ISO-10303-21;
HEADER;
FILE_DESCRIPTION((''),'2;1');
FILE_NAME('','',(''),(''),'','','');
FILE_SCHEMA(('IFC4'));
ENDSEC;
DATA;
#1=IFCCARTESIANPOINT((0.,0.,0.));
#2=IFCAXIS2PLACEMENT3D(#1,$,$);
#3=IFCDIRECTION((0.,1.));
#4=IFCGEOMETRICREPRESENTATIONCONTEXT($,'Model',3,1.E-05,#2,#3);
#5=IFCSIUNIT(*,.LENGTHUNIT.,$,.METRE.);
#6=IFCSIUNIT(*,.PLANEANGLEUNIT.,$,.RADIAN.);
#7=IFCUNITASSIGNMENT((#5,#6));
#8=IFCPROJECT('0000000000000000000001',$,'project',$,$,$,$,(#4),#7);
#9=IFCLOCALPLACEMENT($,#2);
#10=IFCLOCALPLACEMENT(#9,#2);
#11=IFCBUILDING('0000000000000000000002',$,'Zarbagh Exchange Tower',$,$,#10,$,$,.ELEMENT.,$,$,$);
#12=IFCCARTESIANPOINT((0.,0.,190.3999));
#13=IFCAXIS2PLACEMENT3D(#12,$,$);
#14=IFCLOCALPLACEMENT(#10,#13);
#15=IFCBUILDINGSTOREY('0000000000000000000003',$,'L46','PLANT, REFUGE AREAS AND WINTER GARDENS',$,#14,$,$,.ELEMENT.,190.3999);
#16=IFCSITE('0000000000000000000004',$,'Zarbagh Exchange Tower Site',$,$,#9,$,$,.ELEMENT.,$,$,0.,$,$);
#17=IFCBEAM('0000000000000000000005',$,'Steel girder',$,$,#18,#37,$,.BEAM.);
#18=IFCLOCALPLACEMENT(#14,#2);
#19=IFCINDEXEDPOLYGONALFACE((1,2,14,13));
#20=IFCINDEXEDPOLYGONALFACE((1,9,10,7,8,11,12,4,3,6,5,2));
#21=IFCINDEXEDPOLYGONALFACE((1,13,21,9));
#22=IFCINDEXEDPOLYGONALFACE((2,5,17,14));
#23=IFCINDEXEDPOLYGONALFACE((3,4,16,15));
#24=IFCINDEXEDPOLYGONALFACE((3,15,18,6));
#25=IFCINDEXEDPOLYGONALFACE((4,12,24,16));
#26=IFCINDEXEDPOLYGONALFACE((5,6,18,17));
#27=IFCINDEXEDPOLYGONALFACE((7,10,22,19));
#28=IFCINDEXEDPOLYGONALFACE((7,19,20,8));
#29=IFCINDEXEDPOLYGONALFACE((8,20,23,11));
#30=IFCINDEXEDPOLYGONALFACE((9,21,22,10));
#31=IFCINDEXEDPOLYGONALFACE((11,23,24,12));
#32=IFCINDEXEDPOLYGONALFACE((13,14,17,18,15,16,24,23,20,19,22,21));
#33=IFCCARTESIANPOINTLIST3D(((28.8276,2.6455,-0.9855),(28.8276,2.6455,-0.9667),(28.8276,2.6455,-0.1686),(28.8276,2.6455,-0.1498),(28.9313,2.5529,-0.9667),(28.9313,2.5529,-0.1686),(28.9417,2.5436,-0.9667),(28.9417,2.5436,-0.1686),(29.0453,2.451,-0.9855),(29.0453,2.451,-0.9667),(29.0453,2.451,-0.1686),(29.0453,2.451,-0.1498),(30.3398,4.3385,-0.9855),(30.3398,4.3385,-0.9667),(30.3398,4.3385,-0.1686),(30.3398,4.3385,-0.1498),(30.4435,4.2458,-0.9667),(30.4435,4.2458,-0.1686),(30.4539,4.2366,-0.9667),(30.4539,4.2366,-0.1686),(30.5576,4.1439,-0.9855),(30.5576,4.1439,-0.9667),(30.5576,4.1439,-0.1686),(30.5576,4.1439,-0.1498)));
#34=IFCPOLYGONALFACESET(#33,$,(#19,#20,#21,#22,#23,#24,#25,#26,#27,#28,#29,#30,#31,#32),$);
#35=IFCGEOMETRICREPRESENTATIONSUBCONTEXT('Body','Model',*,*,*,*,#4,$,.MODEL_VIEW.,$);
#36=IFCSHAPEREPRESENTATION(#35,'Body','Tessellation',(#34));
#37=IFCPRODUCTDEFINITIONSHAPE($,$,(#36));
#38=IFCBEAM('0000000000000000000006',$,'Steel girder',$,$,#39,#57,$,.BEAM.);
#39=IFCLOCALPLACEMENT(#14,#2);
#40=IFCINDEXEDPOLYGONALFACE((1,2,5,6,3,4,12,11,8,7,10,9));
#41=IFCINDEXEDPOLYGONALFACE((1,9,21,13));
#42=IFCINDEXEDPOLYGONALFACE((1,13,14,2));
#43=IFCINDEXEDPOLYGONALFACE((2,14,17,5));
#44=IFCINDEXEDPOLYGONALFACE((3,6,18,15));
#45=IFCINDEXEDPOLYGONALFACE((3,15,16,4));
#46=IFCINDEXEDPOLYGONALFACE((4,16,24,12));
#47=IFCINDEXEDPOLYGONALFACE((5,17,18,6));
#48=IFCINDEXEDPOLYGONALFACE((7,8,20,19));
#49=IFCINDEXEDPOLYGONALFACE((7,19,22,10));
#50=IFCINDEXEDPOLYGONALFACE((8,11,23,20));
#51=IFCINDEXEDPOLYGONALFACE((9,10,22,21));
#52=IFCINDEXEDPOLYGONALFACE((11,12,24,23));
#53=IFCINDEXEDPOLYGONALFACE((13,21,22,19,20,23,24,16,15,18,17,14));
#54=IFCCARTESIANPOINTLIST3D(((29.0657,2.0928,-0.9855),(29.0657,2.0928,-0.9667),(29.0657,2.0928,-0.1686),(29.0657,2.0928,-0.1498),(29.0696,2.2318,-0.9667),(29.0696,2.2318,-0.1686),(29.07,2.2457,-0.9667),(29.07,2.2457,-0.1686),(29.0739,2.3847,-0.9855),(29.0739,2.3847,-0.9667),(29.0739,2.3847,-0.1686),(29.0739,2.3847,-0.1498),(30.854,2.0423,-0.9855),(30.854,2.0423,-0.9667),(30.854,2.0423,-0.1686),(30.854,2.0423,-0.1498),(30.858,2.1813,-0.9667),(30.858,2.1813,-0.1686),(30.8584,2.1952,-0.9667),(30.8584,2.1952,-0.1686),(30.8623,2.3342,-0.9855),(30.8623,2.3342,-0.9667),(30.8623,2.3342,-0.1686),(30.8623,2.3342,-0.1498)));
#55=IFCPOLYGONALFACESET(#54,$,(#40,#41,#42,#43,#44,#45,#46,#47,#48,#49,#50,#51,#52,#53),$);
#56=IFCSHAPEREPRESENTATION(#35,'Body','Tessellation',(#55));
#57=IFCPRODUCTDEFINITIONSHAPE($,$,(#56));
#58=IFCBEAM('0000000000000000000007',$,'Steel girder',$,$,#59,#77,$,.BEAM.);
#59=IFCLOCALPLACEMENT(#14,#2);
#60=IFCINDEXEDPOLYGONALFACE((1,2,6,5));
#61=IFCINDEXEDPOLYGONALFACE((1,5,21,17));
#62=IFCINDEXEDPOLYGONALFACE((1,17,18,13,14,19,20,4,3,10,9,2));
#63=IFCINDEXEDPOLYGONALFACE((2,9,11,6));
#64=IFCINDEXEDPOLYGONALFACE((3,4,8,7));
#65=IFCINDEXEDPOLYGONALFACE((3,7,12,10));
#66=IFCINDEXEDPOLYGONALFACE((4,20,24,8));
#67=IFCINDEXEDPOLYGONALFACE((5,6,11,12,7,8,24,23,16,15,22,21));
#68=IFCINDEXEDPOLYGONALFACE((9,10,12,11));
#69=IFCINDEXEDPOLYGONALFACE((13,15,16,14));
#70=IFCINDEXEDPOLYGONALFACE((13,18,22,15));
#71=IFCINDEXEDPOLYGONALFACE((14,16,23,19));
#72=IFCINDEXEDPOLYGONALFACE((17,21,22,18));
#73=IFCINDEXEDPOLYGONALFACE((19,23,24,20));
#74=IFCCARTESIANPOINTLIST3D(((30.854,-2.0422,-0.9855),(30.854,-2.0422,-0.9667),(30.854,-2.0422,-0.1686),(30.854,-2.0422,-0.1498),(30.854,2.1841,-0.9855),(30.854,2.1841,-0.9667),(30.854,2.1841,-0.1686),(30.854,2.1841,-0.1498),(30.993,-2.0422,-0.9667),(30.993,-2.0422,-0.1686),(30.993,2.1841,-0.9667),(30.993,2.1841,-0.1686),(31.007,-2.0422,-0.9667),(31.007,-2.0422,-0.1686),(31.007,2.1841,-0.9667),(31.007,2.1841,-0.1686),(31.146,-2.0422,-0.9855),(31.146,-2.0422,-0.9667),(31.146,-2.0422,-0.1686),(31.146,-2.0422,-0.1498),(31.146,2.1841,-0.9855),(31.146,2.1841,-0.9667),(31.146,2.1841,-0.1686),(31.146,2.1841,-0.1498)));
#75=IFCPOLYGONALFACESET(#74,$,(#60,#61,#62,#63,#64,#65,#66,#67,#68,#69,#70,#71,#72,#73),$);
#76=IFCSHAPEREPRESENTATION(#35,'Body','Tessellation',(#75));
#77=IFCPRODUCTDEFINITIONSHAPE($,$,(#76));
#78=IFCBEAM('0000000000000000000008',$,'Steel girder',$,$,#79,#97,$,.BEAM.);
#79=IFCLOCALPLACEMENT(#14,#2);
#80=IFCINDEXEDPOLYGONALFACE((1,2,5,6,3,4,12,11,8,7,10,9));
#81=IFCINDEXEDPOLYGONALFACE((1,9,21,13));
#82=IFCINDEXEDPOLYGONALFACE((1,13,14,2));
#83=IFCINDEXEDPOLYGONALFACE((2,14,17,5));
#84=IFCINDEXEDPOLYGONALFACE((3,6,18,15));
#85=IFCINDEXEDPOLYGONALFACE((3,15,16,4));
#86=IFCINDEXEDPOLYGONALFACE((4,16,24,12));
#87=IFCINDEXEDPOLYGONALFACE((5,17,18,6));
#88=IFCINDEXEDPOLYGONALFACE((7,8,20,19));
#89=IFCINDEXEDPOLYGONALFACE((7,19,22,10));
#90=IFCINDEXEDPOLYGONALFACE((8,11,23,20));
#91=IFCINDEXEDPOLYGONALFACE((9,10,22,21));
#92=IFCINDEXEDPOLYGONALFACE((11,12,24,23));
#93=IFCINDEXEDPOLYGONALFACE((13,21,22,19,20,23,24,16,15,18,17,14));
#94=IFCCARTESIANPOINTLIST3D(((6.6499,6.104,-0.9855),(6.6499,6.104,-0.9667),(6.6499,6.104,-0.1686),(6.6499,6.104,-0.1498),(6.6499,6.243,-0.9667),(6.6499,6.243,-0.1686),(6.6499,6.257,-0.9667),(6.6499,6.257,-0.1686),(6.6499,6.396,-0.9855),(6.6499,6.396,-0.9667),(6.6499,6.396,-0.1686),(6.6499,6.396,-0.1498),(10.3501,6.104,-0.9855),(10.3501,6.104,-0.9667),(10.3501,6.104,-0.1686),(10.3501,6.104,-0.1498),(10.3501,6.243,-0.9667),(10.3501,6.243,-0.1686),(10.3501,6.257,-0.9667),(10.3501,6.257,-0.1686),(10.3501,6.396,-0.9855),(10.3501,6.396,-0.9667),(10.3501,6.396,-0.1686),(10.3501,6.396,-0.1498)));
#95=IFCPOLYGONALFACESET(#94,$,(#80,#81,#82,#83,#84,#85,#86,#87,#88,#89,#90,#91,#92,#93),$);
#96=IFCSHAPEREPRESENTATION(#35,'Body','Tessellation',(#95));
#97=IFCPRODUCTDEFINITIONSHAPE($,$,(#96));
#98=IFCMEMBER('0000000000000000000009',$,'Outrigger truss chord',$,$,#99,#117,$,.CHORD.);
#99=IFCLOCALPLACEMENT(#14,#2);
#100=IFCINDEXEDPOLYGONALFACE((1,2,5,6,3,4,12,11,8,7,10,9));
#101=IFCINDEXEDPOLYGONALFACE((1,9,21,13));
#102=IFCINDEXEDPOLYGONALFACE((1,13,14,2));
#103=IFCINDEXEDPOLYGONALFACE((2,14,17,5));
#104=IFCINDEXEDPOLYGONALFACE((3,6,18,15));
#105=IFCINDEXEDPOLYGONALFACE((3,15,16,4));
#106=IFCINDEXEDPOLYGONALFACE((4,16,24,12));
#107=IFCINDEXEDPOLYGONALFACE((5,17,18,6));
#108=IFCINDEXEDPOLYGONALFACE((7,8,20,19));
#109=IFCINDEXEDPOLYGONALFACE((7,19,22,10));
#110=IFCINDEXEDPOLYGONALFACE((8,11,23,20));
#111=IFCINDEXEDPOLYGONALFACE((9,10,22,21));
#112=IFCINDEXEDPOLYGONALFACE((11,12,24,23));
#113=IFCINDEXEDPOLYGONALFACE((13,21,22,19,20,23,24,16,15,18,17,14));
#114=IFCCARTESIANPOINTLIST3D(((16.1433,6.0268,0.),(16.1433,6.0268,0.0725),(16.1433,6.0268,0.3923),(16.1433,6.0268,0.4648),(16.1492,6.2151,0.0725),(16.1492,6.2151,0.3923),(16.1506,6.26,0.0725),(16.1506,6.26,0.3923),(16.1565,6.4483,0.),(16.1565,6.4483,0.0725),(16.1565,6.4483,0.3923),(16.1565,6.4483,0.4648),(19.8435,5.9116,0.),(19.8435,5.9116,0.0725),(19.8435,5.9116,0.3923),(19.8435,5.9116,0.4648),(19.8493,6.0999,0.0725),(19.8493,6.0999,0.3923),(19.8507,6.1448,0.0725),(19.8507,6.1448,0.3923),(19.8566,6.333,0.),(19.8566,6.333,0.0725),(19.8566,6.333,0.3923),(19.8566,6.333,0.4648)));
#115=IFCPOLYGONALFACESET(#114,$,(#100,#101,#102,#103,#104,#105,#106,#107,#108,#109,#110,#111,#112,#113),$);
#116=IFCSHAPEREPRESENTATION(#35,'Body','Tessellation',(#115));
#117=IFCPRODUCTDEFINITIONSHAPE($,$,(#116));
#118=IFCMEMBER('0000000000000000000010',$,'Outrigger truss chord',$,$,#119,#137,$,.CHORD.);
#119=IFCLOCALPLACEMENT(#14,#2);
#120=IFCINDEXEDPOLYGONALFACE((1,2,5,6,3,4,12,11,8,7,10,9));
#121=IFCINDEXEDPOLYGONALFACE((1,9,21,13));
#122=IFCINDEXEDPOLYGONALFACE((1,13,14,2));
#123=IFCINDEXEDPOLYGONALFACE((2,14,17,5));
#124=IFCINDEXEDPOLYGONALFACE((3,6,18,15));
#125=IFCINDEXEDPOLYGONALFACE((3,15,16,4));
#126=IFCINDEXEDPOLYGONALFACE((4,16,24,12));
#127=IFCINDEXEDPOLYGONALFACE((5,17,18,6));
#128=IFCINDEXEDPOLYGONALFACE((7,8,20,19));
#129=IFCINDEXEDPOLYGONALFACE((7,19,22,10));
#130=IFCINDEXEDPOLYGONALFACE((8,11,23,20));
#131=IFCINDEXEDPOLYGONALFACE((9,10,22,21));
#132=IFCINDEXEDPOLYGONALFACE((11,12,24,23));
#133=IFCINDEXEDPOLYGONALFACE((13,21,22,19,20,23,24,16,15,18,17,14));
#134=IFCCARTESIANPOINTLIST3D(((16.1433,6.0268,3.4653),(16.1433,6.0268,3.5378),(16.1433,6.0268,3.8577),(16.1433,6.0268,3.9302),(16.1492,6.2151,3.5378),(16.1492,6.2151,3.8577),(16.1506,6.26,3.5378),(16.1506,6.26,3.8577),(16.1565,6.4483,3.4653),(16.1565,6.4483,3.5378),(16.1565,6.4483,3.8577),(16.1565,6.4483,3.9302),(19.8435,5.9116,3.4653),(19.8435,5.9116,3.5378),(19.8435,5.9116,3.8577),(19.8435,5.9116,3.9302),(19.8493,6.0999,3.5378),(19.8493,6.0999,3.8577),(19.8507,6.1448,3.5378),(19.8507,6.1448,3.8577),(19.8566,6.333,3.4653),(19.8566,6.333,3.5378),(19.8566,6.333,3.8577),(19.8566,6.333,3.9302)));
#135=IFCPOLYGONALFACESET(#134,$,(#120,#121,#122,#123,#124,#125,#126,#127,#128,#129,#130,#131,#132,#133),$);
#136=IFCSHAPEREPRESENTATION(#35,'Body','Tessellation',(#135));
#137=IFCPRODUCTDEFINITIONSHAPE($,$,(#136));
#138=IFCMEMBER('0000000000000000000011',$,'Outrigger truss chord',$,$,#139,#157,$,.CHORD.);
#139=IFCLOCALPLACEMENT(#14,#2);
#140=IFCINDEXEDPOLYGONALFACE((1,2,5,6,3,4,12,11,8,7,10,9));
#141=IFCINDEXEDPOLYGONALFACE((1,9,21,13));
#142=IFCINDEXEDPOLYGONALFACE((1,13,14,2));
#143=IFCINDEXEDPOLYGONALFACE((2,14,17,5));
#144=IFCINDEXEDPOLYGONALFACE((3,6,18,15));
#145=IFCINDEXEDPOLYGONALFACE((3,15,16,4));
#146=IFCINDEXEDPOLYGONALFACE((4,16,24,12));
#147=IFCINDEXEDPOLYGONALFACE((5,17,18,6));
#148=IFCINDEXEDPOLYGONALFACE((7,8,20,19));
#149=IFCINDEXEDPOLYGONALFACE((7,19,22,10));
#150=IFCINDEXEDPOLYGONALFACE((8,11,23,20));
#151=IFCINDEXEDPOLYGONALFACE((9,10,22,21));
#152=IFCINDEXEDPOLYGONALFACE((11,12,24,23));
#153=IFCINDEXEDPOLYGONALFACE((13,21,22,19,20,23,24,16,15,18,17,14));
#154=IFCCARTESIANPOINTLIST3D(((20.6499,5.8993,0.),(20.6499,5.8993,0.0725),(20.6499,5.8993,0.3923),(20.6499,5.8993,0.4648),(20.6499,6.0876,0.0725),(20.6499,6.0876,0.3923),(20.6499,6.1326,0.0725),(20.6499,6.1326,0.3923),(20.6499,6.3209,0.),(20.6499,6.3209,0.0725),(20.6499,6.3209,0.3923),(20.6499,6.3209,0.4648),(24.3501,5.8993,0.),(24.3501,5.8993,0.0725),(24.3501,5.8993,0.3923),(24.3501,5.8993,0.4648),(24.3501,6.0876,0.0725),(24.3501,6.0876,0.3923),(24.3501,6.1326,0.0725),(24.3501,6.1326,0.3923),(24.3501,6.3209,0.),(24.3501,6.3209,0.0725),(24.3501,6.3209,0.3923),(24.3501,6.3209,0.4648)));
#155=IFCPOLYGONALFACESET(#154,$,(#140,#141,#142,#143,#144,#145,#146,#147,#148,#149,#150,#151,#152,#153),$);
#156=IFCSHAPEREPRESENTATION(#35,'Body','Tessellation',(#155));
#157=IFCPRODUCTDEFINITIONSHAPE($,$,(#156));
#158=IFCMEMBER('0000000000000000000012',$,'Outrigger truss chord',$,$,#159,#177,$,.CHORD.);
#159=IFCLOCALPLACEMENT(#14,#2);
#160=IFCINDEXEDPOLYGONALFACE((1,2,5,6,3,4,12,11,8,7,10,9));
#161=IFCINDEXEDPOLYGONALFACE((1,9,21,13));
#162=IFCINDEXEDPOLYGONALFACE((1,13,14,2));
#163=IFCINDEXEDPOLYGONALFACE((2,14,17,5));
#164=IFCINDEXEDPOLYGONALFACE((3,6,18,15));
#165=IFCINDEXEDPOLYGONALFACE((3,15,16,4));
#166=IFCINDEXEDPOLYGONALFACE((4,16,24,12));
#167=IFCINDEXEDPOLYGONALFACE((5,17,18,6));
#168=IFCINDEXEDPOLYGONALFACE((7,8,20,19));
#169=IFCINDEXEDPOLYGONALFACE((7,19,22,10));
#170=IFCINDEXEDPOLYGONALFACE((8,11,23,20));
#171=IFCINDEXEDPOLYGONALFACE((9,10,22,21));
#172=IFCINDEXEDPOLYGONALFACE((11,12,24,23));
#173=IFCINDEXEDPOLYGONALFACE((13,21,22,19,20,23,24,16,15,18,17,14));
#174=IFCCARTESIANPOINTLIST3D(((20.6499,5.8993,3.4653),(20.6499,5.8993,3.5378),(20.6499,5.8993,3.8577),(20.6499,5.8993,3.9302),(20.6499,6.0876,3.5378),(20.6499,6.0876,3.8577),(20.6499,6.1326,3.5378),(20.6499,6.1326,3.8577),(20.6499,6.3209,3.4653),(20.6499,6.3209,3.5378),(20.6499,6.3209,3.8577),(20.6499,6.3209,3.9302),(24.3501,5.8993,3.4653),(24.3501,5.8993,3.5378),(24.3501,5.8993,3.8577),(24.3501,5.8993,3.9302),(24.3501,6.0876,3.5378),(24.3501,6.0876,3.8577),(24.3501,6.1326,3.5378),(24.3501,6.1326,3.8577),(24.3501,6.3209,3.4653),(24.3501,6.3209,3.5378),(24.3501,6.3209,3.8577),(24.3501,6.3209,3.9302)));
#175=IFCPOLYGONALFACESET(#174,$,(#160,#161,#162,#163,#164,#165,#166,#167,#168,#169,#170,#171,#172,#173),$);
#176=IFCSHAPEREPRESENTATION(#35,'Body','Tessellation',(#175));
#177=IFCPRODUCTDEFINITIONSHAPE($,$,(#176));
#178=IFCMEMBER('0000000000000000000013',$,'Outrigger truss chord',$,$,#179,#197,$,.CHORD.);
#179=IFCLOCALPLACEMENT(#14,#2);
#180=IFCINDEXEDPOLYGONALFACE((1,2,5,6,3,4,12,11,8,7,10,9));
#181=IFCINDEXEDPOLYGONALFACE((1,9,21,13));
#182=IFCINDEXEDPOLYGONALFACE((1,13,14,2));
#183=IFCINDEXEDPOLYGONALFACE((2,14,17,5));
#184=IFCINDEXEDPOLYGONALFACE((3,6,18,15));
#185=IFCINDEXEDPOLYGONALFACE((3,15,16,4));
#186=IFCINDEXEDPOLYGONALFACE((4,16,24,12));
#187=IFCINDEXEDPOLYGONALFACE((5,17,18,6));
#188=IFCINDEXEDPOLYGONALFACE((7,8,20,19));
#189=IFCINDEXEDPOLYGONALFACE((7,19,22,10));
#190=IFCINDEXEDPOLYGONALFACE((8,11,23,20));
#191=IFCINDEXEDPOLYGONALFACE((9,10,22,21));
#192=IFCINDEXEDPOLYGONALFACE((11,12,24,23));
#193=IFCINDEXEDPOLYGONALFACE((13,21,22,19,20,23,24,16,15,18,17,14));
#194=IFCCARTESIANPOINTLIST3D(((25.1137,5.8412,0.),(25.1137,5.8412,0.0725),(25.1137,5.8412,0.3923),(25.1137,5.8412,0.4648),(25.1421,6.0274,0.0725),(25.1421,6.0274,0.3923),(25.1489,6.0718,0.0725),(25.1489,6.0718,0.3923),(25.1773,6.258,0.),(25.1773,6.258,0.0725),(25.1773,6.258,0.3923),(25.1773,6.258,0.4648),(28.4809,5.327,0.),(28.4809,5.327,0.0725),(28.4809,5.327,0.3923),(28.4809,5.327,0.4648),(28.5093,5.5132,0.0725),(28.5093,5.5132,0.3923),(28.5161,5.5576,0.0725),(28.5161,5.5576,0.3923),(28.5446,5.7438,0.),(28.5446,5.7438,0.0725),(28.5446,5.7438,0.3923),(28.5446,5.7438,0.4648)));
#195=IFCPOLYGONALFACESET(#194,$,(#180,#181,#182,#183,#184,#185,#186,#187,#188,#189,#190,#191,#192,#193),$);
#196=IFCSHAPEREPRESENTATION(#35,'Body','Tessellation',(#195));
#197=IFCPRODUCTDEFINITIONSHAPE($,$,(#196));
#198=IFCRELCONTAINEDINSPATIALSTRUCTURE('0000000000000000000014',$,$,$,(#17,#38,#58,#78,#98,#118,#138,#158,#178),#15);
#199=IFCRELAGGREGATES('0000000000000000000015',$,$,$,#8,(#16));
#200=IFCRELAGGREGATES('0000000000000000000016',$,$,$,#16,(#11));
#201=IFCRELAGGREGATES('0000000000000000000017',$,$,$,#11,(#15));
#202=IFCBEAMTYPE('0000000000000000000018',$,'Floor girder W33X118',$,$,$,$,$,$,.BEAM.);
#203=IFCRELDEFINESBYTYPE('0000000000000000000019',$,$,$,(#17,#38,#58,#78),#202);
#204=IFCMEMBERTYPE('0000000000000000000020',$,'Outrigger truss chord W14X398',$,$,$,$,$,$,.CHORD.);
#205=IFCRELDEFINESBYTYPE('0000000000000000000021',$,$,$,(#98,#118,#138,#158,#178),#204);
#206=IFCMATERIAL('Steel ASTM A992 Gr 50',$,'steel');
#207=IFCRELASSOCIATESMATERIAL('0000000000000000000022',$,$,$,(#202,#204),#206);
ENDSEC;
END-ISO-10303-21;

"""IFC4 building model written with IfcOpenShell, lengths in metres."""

from ifc_helpers import new_model, si_unit, direction, frame, origin, origin_2d, place, context, subcontext, project, spatial, i_section, extrude, material, material_profile, profile_set, type_object, element, save


model = new_model("IFC4")

# Units and contexts
model_context = context("Model", 3, precision=1e-05, world=origin(), true_north=direction((0.0, 1.0)))
body_context = subcontext(model_context, "Body", "Model", "MODEL_VIEW")
ifc_project = project(units=[si_unit("LENGTHUNIT", "METRE"), si_unit("PLANEANGLEUNIT", "RADIAN")], contexts=[model_context])

# Site, building, storey
site_placement = place(None, origin())
site = spatial("IfcSite", under=ifc_project, at=site_placement, Name="Zarbagh Exchange Tower Site", CompositionType="ELEMENT", RefElevation=0.0)
building_placement = place(site_placement, origin())
building = spatial("IfcBuilding", under=site, at=building_placement, Name="Zarbagh Exchange Tower", CompositionType="ELEMENT")
storey_placement = place(building_placement, frame((0.0, 0.0, 190.3999)))
storey = spatial("IfcBuildingStorey", under=building, at=storey_placement, Name="L46", Description="PLANT, REFUGE AREAS AND WINTER GARDENS", CompositionType="ELEMENT", Elevation=190.3999)

# Shared definitions
ifc_material_1 = material(Name="Steel ASTM A992 Gr 50", Category="steel")

# Beams
ifc_material_profile_1 = material_profile(ifc_material_1, i_section(OverallWidth=0.292, OverallDepth=0.8357, WebThickness=0.0139, FlangeThickness=0.0188, at=origin_2d()), Name="W33X118")
ifc_profile_set_1 = profile_set([ifc_material_profile_1], Name="Steel ASTM A992 Gr 50")
beam_type_1 = type_object("IfcBeamType", Name="Floor girder W33X118", PredefinedType="BEAM", material=ifc_profile_set_1)
beam_1_placement = place(storey_placement, frame((30.4487, 4.2412, -0.5676), z_axis=(-0.666191, -0.745781, 0.0), x_axis=(0.745781, -0.666191, 0.0)))
element("IfcBeam", 1, at=beam_1_placement, inside=storey, type_object=beam_type_1, Name="Steel girder", PredefinedType="BEAM", context=body_context, shape_type="SweptSolid", body=[
    extrude(i_section(OverallWidth=0.292, OverallDepth=0.8357, WebThickness=0.0139, FlangeThickness=0.0188, at=origin_2d()), origin(), (0.0, 0.0, 1.0), 2.27),
])
beam_2_placement = place(storey_placement, frame((29.0698, 2.2388, -0.5676), z_axis=(0.999601, -0.028248, 0.0), x_axis=(0.028248, 0.999601, 0.0)))
element("IfcBeam", 2, at=beam_2_placement, inside=storey, type_object=beam_type_1, Name="Steel girder", PredefinedType="BEAM", context=body_context, shape_type="SweptSolid", body=[
    extrude(i_section(OverallWidth=0.292, OverallDepth=0.8357, WebThickness=0.0139, FlangeThickness=0.0188, at=origin_2d()), origin(), (0.0, 0.0, 1.0), 1.7891),
])
beam_3_placement = place(storey_placement, frame((31.0, 2.1841, -0.5676), z_axis=(0.0, -1.0, 0.0), x_axis=(1.0, 0.0, 0.0)))
element("IfcBeam", 3, at=beam_3_placement, inside=storey, type_object=beam_type_1, Name="Steel girder", PredefinedType="BEAM", context=body_context, shape_type="SweptSolid", body=[
    extrude(i_section(OverallWidth=0.292, OverallDepth=0.8357, WebThickness=0.0139, FlangeThickness=0.0188, at=origin_2d()), origin(), (0.0, 0.0, 1.0), 4.2263),
])
beam_4_placement = place(storey_placement, frame((6.6499, 6.25, -0.5676), z_axis=(1.0, 0.0, 0.0), x_axis=(0.0, 1.0, 0.0)))
element("IfcBeam", 4, at=beam_4_placement, inside=storey, type_object=beam_type_1, Name="Steel girder", PredefinedType="BEAM", context=body_context, shape_type="SweptSolid", body=[
    extrude(i_section(OverallWidth=0.292, OverallDepth=0.8357, WebThickness=0.0139, FlangeThickness=0.0188, at=origin_2d()), origin(), (0.0, 0.0, 1.0), 3.7002),
])

# Members
ifc_material_profile_2 = material_profile(ifc_material_1, i_section(OverallWidth=0.4216, OverallDepth=0.4648, WebThickness=0.0449, FlangeThickness=0.0725, at=origin_2d()), Name="W14X398")
ifc_profile_set_2 = profile_set([ifc_material_profile_2], Name="Steel ASTM A992 Gr 50")
member_type_1 = type_object("IfcMemberType", Name="Outrigger truss chord W14X398", PredefinedType="CHORD", material=ifc_profile_set_2)
for number, where, z_axis, x_axis, name in (
    (5, (16.1499, 6.2375, 0.2324), (0.999515, -0.031128, 0.0), (0.031128, 0.999515, 0.0), "Outrigger truss chord"),
    (6, (16.1499, 6.2375, 3.6978), (0.999515, -0.031128, 0.0), (0.031128, 0.999515, 0.0), "Outrigger truss chord"),
):
    element("IfcMember", number, at=place(storey_placement, frame(where, z_axis=z_axis, x_axis=x_axis)), inside=storey, type_object=member_type_1, Name=name, PredefinedType="CHORD", context=body_context, shape_type="SweptSolid", body=[
        extrude(i_section(OverallWidth=0.4216, OverallDepth=0.4648, WebThickness=0.0449, FlangeThickness=0.0725, at=origin_2d()), origin(), (0.0, 0.0, 1.0), 3.7019),
    ])
for number, where, z_axis, x_axis, name in (
    (7, (20.6499, 6.1101, 0.2324), (1.0, 0.0, 0.0), (0.0, 1.0, 0.0), "Outrigger truss chord"),
    (8, (20.6499, 6.1101, 3.6978), (1.0, 0.0, 0.0), (0.0, 1.0, 0.0), "Outrigger truss chord"),
):
    element("IfcMember", number, at=place(storey_placement, frame(where, z_axis=z_axis, x_axis=x_axis)), inside=storey, type_object=member_type_1, Name=name, PredefinedType="CHORD", context=body_context, shape_type="SweptSolid", body=[
        extrude(i_section(OverallWidth=0.4216, OverallDepth=0.4648, WebThickness=0.0449, FlangeThickness=0.0725, at=origin_2d()), origin(), (0.0, 0.0, 1.0), 3.7002),
    ])
for number, where, z_axis, x_axis, name in (
    (9, (25.1455, 6.0496, 0.2324), (0.988542, -0.150948, 0.0), (0.150948, 0.988542, 0.0), "Outrigger truss chord"),
):
    element("IfcMember", number, at=place(storey_placement, frame(where, z_axis=z_axis, x_axis=x_axis)), inside=storey, type_object=member_type_1, Name=name, PredefinedType="CHORD", context=body_context, shape_type="SweptSolid", body=[
        extrude(i_section(OverallWidth=0.4216, OverallDepth=0.4648, WebThickness=0.0449, FlangeThickness=0.0725, at=origin_2d()), origin(), (0.0, 0.0, 1.0), 3.4062),
    ])

save(model, "model.ifc")
